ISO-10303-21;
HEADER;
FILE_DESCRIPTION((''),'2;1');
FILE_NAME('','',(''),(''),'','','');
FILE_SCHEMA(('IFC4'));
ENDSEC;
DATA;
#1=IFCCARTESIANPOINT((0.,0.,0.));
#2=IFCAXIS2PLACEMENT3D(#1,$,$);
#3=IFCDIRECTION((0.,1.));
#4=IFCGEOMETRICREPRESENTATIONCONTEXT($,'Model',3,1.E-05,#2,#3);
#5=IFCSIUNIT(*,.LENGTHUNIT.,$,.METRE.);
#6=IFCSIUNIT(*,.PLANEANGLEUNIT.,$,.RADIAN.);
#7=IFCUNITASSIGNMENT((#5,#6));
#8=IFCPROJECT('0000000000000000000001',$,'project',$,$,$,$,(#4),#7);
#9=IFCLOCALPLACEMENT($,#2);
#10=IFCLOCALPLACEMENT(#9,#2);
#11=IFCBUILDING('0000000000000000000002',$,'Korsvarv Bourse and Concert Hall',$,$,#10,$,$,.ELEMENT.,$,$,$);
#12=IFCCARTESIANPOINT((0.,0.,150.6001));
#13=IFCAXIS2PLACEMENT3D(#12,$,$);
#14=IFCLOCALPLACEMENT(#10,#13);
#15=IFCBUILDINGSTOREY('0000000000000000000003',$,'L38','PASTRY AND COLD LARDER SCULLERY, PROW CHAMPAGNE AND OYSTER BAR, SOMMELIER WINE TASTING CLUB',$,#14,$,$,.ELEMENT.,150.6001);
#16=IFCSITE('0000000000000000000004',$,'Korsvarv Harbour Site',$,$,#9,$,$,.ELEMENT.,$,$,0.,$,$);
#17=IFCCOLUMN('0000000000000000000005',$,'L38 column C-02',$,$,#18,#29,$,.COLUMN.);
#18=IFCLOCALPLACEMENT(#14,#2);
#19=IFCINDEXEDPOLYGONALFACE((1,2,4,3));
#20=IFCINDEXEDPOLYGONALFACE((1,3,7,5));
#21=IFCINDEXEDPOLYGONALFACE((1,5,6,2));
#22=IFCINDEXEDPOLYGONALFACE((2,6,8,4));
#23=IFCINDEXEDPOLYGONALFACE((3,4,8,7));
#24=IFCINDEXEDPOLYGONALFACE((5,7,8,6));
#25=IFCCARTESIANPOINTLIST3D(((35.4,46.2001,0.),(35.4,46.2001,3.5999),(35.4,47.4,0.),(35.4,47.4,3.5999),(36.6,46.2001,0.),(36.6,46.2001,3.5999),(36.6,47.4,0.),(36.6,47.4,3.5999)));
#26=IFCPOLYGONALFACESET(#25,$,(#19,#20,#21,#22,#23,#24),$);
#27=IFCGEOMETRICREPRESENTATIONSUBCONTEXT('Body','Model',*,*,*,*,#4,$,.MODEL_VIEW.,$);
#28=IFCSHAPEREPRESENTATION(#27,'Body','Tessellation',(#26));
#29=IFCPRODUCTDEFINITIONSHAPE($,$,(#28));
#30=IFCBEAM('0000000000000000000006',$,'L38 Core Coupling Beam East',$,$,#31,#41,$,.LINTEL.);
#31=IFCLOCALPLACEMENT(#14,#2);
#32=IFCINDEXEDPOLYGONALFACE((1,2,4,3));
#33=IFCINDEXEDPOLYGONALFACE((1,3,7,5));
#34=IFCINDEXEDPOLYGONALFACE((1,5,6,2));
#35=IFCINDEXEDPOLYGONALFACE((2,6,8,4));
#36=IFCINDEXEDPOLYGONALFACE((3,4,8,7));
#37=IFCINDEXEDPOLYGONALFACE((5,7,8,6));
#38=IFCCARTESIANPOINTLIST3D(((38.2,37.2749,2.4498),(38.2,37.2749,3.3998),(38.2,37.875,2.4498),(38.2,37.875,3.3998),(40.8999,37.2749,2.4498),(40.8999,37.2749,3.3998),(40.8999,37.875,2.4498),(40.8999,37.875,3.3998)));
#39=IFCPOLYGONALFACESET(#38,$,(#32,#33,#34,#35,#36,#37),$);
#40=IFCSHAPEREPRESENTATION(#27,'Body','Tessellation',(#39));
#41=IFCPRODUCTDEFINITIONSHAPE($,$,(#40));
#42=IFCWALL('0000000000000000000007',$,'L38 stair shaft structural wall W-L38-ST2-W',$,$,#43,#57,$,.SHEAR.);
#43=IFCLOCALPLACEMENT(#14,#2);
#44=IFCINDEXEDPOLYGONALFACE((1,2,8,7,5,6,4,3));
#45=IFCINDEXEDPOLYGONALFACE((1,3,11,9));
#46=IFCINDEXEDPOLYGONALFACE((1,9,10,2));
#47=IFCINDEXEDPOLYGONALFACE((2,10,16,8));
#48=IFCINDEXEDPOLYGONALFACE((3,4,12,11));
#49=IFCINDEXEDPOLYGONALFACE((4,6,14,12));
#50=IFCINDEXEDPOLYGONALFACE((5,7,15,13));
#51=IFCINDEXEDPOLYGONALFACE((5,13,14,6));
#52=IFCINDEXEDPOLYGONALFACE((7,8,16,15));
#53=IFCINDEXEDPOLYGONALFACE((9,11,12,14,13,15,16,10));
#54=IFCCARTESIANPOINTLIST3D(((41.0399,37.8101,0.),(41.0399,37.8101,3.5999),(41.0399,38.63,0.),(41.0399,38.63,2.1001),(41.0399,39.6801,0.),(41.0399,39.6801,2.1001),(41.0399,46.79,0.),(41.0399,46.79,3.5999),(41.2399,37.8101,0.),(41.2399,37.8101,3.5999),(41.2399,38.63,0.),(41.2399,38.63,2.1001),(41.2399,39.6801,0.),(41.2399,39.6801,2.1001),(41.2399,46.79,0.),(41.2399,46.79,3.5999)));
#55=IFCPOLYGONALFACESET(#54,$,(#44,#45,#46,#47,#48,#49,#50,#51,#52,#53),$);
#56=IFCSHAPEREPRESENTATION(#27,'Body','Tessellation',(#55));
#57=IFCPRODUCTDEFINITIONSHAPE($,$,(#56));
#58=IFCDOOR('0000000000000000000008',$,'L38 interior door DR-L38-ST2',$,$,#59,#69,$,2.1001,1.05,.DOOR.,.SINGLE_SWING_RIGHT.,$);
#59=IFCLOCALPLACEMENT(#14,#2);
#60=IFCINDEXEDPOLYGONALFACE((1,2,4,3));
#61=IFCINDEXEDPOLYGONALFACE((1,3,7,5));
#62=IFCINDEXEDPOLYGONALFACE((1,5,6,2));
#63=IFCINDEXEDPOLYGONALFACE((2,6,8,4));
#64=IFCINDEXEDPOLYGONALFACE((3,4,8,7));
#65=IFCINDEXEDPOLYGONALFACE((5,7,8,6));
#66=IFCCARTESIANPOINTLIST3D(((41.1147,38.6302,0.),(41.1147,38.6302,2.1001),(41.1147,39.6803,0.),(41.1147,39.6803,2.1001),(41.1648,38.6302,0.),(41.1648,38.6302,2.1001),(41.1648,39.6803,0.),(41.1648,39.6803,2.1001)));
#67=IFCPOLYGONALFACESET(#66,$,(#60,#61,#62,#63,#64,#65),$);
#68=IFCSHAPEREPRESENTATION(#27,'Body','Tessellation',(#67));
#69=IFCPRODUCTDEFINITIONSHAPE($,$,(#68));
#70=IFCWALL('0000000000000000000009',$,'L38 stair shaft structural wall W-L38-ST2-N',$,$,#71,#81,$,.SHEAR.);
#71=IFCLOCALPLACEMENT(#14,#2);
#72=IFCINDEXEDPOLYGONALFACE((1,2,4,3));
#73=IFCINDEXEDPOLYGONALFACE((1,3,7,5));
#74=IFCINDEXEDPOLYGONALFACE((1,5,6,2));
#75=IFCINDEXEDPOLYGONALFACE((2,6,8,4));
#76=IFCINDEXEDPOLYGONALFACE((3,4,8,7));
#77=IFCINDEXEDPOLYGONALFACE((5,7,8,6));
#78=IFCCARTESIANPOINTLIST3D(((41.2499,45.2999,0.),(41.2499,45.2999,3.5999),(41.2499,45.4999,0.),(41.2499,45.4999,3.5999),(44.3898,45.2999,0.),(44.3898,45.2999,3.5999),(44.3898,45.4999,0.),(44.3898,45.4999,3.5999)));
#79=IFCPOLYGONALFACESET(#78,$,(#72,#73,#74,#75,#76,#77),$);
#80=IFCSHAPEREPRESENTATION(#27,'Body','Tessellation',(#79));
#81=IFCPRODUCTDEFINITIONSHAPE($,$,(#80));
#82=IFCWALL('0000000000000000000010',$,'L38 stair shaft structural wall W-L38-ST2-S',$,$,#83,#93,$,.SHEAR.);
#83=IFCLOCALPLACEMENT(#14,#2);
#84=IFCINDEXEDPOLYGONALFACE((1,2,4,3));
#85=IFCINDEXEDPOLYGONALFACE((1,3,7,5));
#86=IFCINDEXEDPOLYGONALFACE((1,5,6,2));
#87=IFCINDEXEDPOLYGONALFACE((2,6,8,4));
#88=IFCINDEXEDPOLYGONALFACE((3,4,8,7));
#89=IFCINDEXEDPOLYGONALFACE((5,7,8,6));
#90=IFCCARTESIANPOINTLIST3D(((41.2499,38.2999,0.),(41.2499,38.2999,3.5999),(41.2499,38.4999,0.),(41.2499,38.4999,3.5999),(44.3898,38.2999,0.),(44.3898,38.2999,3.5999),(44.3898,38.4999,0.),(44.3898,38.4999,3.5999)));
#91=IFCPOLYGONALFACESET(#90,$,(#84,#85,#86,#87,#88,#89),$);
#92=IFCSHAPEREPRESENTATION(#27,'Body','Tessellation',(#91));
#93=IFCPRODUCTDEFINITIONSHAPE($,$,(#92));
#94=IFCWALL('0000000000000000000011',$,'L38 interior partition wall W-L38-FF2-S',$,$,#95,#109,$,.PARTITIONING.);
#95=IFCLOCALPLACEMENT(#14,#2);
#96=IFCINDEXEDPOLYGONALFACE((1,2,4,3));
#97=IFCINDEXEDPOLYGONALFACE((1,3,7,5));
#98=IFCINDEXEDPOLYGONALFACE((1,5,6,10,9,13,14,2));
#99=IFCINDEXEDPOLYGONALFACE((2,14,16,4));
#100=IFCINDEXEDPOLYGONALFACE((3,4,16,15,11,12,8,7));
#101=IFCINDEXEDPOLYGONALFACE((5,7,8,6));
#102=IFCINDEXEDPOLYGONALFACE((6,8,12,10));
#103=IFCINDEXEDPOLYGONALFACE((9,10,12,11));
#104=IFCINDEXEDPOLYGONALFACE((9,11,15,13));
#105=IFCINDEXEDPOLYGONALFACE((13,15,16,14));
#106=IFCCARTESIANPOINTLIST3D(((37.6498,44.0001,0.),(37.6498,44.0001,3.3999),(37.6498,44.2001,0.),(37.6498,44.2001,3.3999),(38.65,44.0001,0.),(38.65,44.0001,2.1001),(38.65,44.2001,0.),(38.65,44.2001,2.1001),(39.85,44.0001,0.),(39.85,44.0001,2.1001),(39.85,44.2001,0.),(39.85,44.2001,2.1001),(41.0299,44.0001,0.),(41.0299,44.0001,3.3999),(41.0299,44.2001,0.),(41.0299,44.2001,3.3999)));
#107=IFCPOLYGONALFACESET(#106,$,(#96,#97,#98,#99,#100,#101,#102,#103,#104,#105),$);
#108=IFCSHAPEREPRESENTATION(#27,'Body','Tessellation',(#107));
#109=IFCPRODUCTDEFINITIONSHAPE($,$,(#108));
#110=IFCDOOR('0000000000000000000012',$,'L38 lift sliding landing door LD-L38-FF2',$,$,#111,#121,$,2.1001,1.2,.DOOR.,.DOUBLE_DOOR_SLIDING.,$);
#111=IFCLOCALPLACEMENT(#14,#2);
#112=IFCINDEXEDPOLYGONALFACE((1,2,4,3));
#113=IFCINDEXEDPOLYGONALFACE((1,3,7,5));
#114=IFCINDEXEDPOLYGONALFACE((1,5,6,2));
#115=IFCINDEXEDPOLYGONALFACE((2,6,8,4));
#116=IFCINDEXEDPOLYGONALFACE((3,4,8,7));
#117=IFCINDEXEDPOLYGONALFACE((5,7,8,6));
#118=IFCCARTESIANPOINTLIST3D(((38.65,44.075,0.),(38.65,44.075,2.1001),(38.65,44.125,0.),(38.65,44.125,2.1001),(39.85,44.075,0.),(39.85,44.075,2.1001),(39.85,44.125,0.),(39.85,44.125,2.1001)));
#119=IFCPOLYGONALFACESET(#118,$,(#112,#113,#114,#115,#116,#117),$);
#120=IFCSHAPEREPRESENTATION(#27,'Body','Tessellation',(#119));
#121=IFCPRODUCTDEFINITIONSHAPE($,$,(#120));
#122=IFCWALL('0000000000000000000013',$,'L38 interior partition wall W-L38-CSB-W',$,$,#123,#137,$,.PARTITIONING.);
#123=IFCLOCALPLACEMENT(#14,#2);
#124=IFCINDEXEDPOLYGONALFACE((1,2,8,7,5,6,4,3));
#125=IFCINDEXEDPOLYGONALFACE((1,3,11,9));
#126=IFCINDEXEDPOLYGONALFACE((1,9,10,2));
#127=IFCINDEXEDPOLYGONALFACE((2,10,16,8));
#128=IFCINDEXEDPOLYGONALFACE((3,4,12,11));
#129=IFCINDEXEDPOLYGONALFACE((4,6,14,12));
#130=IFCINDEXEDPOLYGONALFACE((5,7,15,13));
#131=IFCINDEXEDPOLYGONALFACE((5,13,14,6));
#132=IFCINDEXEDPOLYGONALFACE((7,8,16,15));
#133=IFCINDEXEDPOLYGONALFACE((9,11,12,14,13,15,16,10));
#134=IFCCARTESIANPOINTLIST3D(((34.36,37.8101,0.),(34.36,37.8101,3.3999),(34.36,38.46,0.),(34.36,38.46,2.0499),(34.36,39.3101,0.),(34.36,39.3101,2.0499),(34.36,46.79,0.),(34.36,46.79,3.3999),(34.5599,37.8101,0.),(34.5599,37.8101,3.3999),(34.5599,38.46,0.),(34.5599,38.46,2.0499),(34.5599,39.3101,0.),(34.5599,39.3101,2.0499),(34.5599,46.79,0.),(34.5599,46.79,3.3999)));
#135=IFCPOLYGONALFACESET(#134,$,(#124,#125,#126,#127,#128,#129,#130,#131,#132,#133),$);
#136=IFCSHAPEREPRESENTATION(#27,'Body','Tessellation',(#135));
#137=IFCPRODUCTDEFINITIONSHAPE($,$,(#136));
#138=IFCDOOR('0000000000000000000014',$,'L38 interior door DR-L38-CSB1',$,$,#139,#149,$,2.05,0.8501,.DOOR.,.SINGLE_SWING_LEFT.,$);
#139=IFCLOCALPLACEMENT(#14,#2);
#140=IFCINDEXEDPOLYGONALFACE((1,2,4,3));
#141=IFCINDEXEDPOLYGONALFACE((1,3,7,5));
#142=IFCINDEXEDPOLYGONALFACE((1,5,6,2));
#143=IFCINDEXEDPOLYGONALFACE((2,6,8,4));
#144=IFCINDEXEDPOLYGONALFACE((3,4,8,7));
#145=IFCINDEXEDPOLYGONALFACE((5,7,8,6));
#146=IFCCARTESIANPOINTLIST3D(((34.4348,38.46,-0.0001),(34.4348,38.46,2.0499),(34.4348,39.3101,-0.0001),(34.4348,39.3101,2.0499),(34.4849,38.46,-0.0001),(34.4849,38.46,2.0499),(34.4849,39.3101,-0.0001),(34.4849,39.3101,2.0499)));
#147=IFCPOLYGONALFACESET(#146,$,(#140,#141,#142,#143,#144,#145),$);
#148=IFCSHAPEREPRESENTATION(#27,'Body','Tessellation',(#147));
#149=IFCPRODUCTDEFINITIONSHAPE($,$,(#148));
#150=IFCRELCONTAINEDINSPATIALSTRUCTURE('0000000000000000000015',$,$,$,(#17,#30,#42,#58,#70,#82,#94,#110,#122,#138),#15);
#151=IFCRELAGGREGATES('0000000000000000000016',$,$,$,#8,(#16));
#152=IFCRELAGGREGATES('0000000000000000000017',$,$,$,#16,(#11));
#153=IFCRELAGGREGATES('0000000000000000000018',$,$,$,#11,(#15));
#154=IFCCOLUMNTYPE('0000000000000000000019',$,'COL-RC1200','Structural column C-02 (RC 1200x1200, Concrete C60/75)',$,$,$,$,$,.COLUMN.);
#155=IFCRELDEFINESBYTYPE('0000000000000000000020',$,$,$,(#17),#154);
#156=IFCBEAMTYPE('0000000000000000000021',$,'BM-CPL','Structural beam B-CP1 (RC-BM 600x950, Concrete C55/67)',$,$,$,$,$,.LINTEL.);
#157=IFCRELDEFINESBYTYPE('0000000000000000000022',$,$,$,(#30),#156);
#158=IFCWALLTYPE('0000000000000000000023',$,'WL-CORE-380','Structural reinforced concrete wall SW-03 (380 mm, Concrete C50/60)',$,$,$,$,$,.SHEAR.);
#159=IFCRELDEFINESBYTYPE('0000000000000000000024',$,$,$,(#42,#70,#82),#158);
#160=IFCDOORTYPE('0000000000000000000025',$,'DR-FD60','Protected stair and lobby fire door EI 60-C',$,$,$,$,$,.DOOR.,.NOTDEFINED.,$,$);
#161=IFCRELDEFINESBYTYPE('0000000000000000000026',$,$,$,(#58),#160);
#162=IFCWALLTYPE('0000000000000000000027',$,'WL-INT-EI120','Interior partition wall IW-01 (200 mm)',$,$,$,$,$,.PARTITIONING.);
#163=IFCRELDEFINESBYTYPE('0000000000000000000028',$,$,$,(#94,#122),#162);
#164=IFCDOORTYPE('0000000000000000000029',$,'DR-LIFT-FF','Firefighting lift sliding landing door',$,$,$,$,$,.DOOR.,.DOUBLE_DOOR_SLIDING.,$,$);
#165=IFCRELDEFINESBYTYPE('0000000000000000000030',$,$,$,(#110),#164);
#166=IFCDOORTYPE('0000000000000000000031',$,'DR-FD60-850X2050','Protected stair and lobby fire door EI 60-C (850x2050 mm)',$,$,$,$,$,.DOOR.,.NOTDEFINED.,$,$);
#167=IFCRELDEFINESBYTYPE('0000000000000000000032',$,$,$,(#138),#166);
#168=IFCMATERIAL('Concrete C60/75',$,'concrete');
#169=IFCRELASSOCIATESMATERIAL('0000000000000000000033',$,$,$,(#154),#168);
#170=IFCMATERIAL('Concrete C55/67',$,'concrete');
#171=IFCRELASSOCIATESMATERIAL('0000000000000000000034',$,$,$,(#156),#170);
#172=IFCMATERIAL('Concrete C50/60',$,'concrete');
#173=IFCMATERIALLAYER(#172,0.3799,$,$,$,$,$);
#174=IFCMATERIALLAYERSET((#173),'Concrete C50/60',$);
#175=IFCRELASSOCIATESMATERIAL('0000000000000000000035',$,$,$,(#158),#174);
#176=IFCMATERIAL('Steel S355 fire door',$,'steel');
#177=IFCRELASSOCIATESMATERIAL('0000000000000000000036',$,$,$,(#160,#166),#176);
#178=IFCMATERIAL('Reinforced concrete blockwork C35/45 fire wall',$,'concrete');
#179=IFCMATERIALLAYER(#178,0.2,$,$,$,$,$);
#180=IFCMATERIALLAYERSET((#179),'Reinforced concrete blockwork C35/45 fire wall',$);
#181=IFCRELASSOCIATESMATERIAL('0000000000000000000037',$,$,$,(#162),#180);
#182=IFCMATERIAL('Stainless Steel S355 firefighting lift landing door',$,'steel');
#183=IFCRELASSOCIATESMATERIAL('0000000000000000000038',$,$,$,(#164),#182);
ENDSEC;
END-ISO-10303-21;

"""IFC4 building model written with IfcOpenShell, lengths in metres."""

from ifc_helpers import new_model, si_unit, direction, frame, frame_2d, origin, origin_2d, place, context, subcontext, project, spatial, rectangle, extrude, source, transform, mapped, material, layer, layer_set, material_profile, profile_set, type_object, element, fill, save


model = new_model("IFC4")

# Units and contexts
model_context = context("Model", 3, precision=1e-05, world=origin(), true_north=direction((0.0, 1.0)))
body_context = subcontext(model_context, "Body", "Model", "MODEL_VIEW")
ifc_project = project(units=[si_unit("LENGTHUNIT", "METRE"), si_unit("PLANEANGLEUNIT", "RADIAN")], contexts=[model_context])

# Site, building, storey
site_placement = place(None, origin())
site = spatial("IfcSite", under=ifc_project, at=site_placement, Name="Korsvarv Harbour Site", CompositionType="ELEMENT", RefElevation=0.0)
building_placement = place(site_placement, origin())
building = spatial("IfcBuilding", under=site, at=building_placement, Name="Korsvarv Bourse and Concert Hall", CompositionType="ELEMENT")
storey_placement = place(building_placement, frame((0.0, 0.0, 150.6001)))
storey = spatial("IfcBuildingStorey", under=building, at=storey_placement, Name="L38", Description="PASTRY AND COLD LARDER SCULLERY, PROW CHAMPAGNE AND OYSTER BAR, SOMMELIER WINE TASTING CLUB", CompositionType="ELEMENT", Elevation=150.6001)

# Column
ifc_material_1 = material(Name="Concrete C60/75", Category="concrete")
ifc_material_profile_1 = material_profile(ifc_material_1, rectangle(XDim=1.2, YDim=1.2, at=origin_2d()), Name="RC 1200x1200")
ifc_profile_set_1 = profile_set([ifc_material_profile_1], Name="Concrete C60/75")
column_type = type_object("IfcColumnType", Name="COL-RC1200", Description="Structural column C-02 (RC 1200x1200, Concrete C60/75)", PredefinedType="COLUMN", material=ifc_profile_set_1)
shared_shape_1 = source(origin(), body_context, "Body", "SweptSolid", [
    extrude(rectangle(XDim=1.2, YDim=1.2, at=origin_2d()), origin(), (0.0, 0.0, 1.0), 3.5999),
])
column_placement = place(storey_placement, frame((36.0, 46.8, 0.0), z_axis=(0.0, 0.0, 1.0), x_axis=(1.0, 0.0, 0.0)))
element("IfcColumn", 1, at=column_placement, inside=storey, type_object=column_type, Name="L38 column C-02", PredefinedType="COLUMN", context=body_context, shape_type="MappedRepresentation", body=[
    mapped(shared_shape_1, transform((0.0, 0.0, 0.0), scale=1.0)),
])

# Beam
ifc_material_2 = material(Name="Concrete C55/67", Category="concrete")
ifc_material_profile_2 = material_profile(ifc_material_2, rectangle(XDim=0.6001, YDim=0.95, at=origin_2d()), Name="RC-BM 600x950")
ifc_profile_set_2 = profile_set([ifc_material_profile_2], Name="Concrete C55/67")
beam_type = type_object("IfcBeamType", Name="BM-CPL", Description="Structural beam B-CP1 (RC-BM 600x950, Concrete C55/67)", PredefinedType="LINTEL", material=ifc_profile_set_2)
shared_shape_2 = source(origin(), body_context, "Body", "SweptSolid", [
    extrude(rectangle(XDim=0.6001, YDim=0.95, at=origin_2d()), origin(), (0.0, 0.0, 1.0), 2.7),
])
beam_placement = place(storey_placement, frame((38.2, 37.575, 2.9248), z_axis=(1.0, 0.0, 0.0), x_axis=(0.0, 1.0, 0.0)))
element("IfcBeam", 2, at=beam_placement, inside=storey, type_object=beam_type, Name="L38 Core Coupling Beam East", PredefinedType="LINTEL", context=body_context, shape_type="MappedRepresentation", body=[
    mapped(shared_shape_2, transform((0.0, 0.0, 0.0), scale=1.0)),
])

# Wall, opening, door
ifc_material_3 = material(Name="Concrete C50/60", Category="concrete")
ifc_layer_1 = layer(ifc_material_3, 0.3799)
ifc_layer_set_1 = layer_set([ifc_layer_1], Name="Concrete C50/60")
wall_type_1 = type_object("IfcWallType", Name="WL-CORE-380", Description="Structural reinforced concrete wall SW-03 (380 mm, Concrete C50/60)", PredefinedType="SHEAR", material=ifc_layer_set_1)
wall_1_placement = place(storey_placement, frame((41.1399, 37.8101, 0.0), z_axis=(0.0, 0.0, 1.0), x_axis=(0.0, 1.0, 0.0)))
wall_1 = element("IfcWall", 3, at=wall_1_placement, inside=storey, type_object=wall_type_1, Name="L38 stair shaft structural wall W-L38-ST2-W", PredefinedType="SHEAR", context=body_context, shape_type="SweptSolid", body=[
    extrude(rectangle(XDim=8.98, YDim=0.2, at=frame_2d((4.49, 0.0))), origin(), (0.0, 0.0, 1.0), 3.5999),
])
opening_1_placement = place(wall_1_placement, frame((0.8201, 0.0, 0.0)))
opening_1 = element("IfcOpeningElement", 4, at=opening_1_placement, cuts=wall_1, PredefinedType="OPENING", context=body_context, shape_type="SweptSolid", body=[
    extrude(rectangle(XDim=1.05, YDim=2.1001, at=frame_2d((0.5249, 1.05))), frame((0.0, 0.1099, 0.0), z_axis=(0.0, -1.0, 0.0), x_axis=(1.0, 0.0, 0.0)), (0.0, 0.0, 1.0), 0.22),
])
ifc_material_4 = material(Name="Steel S355 fire door", Category="steel")
door_type_1 = type_object("IfcDoorType", Name="DR-FD60", Description="Protected stair and lobby fire door EI 60-C", OperationType="NOTDEFINED", PredefinedType="DOOR", material=ifc_material_4)
door_1_placement = place(opening_1_placement, frame((1.05, 0.0, 0.0), z_axis=(0.0, 0.0, 1.0), x_axis=(-1.0, 0.0, 0.0)))
door_1 = element("IfcDoor", 5, at=door_1_placement, inside=storey, type_object=door_type_1, Name="L38 interior door DR-L38-ST2", OperationType="SINGLE_SWING_RIGHT", OverallHeight=2.1001, OverallWidth=1.05, PredefinedType="DOOR", context=body_context, shape_type="SweptSolid", body=[
    extrude(rectangle(XDim=1.05, YDim=2.1001, at=frame_2d((0.5249, 1.05))), frame((0.0, 0.0249, 0.0), z_axis=(0.0, -1.0, 0.0), x_axis=(1.0, 0.0, 0.0)), (0.0, 0.0, 1.0), 0.05),
])
fill(opening_1, door_1)

# Walls
for number, where, z_axis, x_axis, name in (
    (6, (41.25, 45.3999, 0.0), (0.0, 0.0, 1.0), (1.0, 0.0, 0.0), "L38 stair shaft structural wall W-L38-ST2-N"),
    (7, (41.25, 38.3999, 0.0), (0.0, 0.0, 1.0), (1.0, 0.0, 0.0), "L38 stair shaft structural wall W-L38-ST2-S"),
):
    element("IfcWall", number, at=place(storey_placement, frame(where, z_axis=z_axis, x_axis=x_axis)), inside=storey, type_object=wall_type_1, Name=name, PredefinedType="SHEAR", context=body_context, shape_type="SweptSolid", body=[
        extrude(rectangle(XDim=3.1399, YDim=0.2, at=frame_2d((1.5698, 0.0))), origin(), (0.0, 0.0, 1.0), 3.5999),
    ])

# Walls, openings, doors
ifc_material_5 = material(Name="Reinforced concrete blockwork C35/45 fire wall", Category="concrete")
ifc_layer_2 = layer(ifc_material_5, 0.2)
ifc_layer_set_2 = layer_set([ifc_layer_2], Name="Reinforced concrete blockwork C35/45 fire wall")
wall_type_2 = type_object("IfcWallType", Name="WL-INT-EI120", Description="Interior partition wall IW-01 (200 mm)", PredefinedType="PARTITIONING", material=ifc_layer_set_2)
wall_2_placement = place(storey_placement, frame((37.6499, 44.1001, 0.0), z_axis=(0.0, 0.0, 1.0), x_axis=(1.0, 0.0, 0.0)))
wall_2 = element("IfcWall", 8, at=wall_2_placement, inside=storey, type_object=wall_type_2, Name="L38 interior partition wall W-L38-FF2-S", PredefinedType="PARTITIONING", context=body_context, shape_type="SweptSolid", body=[
    extrude(rectangle(XDim=3.3801, YDim=0.2, at=frame_2d((1.6899, 0.0))), origin(), (0.0, 0.0, 1.0), 3.3999),
])
opening_2_placement = place(wall_2_placement, frame((1.0, 0.0, 0.0)))
opening_2 = element("IfcOpeningElement", 9, at=opening_2_placement, cuts=wall_2, PredefinedType="OPENING", context=body_context, shape_type="SweptSolid", body=[
    extrude(rectangle(XDim=1.2, YDim=2.1001, at=frame_2d((0.6001, 1.05))), frame((0.0, 0.1099, 0.0), z_axis=(0.0, -1.0, 0.0), x_axis=(1.0, 0.0, 0.0)), (0.0, 0.0, 1.0), 0.22),
])
ifc_material_6 = material(Name="Stainless Steel S355 firefighting lift landing door", Category="steel")
door_type_2 = type_object("IfcDoorType", Name="DR-LIFT-FF", Description="Firefighting lift sliding landing door", OperationType="DOUBLE_DOOR_SLIDING", PredefinedType="DOOR", material=ifc_material_6)
door_2_placement = place(opening_2_placement, origin())
door_2 = element("IfcDoor", 10, at=door_2_placement, inside=storey, type_object=door_type_2, Name="L38 lift sliding landing door LD-L38-FF2", OperationType="DOUBLE_DOOR_SLIDING", OverallHeight=2.1001, OverallWidth=1.2, PredefinedType="DOOR", context=body_context, shape_type="SweptSolid", body=[
    extrude(rectangle(XDim=1.2, YDim=2.1001, at=frame_2d((0.6001, 1.05))), frame((0.0, 0.0249, 0.0), z_axis=(0.0, -1.0, 0.0), x_axis=(1.0, 0.0, 0.0)), (0.0, 0.0, 1.0), 0.05),
])
fill(opening_2, door_2)
wall_3_placement = place(storey_placement, frame((34.46, 37.8101, 0.0), z_axis=(0.0, 0.0, 1.0), x_axis=(0.0, 1.0, 0.0)))
wall_3 = element("IfcWall", 11, at=wall_3_placement, inside=storey, type_object=wall_type_2, Name="L38 interior partition wall W-L38-CSB-W", PredefinedType="PARTITIONING", context=body_context, shape_type="SweptSolid", body=[
    extrude(rectangle(XDim=8.98, YDim=0.2, at=frame_2d((4.49, 0.0))), origin(), (0.0, 0.0, 1.0), 3.3999),
])
opening_3_placement = place(wall_3_placement, frame((0.6499, 0.0, 0.0)))
opening_3 = element("IfcOpeningElement", 12, at=opening_3_placement, cuts=wall_3, PredefinedType="OPENING", context=body_context, shape_type="SweptSolid", body=[
    extrude(rectangle(XDim=0.8501, YDim=2.05, at=frame_2d((0.425, 1.0249))), frame((0.0, 0.1099, 0.0), z_axis=(0.0, -1.0, 0.0), x_axis=(1.0, 0.0, 0.0)), (0.0, 0.0, 1.0), 0.22),
])
door_type_3 = type_object("IfcDoorType", Name="DR-FD60-850X2050", Description="Protected stair and lobby fire door EI 60-C (850x2050 mm)", OperationType="NOTDEFINED", PredefinedType="DOOR", material=ifc_material_4)
door_3_placement = place(opening_3_placement, frame((0.8501, 0.0, 0.0), z_axis=(0.0, 0.0, 1.0), x_axis=(-1.0, 0.0, 0.0)))
door_3 = element("IfcDoor", 13, at=door_3_placement, inside=storey, type_object=door_type_3, Name="L38 interior door DR-L38-CSB1", OperationType="SINGLE_SWING_LEFT", OverallHeight=2.05, OverallWidth=0.8501, PredefinedType="DOOR", context=body_context, shape_type="SweptSolid", body=[
    extrude(rectangle(XDim=0.8501, YDim=2.05, at=frame_2d((0.425, 1.0249))), frame((0.0, 0.0249, 0.0), z_axis=(0.0, -1.0, 0.0), x_axis=(1.0, 0.0, 0.0)), (0.0, 0.0, 1.0), 0.05),
])
fill(opening_3, door_3)

save(model, "model.ifc")
